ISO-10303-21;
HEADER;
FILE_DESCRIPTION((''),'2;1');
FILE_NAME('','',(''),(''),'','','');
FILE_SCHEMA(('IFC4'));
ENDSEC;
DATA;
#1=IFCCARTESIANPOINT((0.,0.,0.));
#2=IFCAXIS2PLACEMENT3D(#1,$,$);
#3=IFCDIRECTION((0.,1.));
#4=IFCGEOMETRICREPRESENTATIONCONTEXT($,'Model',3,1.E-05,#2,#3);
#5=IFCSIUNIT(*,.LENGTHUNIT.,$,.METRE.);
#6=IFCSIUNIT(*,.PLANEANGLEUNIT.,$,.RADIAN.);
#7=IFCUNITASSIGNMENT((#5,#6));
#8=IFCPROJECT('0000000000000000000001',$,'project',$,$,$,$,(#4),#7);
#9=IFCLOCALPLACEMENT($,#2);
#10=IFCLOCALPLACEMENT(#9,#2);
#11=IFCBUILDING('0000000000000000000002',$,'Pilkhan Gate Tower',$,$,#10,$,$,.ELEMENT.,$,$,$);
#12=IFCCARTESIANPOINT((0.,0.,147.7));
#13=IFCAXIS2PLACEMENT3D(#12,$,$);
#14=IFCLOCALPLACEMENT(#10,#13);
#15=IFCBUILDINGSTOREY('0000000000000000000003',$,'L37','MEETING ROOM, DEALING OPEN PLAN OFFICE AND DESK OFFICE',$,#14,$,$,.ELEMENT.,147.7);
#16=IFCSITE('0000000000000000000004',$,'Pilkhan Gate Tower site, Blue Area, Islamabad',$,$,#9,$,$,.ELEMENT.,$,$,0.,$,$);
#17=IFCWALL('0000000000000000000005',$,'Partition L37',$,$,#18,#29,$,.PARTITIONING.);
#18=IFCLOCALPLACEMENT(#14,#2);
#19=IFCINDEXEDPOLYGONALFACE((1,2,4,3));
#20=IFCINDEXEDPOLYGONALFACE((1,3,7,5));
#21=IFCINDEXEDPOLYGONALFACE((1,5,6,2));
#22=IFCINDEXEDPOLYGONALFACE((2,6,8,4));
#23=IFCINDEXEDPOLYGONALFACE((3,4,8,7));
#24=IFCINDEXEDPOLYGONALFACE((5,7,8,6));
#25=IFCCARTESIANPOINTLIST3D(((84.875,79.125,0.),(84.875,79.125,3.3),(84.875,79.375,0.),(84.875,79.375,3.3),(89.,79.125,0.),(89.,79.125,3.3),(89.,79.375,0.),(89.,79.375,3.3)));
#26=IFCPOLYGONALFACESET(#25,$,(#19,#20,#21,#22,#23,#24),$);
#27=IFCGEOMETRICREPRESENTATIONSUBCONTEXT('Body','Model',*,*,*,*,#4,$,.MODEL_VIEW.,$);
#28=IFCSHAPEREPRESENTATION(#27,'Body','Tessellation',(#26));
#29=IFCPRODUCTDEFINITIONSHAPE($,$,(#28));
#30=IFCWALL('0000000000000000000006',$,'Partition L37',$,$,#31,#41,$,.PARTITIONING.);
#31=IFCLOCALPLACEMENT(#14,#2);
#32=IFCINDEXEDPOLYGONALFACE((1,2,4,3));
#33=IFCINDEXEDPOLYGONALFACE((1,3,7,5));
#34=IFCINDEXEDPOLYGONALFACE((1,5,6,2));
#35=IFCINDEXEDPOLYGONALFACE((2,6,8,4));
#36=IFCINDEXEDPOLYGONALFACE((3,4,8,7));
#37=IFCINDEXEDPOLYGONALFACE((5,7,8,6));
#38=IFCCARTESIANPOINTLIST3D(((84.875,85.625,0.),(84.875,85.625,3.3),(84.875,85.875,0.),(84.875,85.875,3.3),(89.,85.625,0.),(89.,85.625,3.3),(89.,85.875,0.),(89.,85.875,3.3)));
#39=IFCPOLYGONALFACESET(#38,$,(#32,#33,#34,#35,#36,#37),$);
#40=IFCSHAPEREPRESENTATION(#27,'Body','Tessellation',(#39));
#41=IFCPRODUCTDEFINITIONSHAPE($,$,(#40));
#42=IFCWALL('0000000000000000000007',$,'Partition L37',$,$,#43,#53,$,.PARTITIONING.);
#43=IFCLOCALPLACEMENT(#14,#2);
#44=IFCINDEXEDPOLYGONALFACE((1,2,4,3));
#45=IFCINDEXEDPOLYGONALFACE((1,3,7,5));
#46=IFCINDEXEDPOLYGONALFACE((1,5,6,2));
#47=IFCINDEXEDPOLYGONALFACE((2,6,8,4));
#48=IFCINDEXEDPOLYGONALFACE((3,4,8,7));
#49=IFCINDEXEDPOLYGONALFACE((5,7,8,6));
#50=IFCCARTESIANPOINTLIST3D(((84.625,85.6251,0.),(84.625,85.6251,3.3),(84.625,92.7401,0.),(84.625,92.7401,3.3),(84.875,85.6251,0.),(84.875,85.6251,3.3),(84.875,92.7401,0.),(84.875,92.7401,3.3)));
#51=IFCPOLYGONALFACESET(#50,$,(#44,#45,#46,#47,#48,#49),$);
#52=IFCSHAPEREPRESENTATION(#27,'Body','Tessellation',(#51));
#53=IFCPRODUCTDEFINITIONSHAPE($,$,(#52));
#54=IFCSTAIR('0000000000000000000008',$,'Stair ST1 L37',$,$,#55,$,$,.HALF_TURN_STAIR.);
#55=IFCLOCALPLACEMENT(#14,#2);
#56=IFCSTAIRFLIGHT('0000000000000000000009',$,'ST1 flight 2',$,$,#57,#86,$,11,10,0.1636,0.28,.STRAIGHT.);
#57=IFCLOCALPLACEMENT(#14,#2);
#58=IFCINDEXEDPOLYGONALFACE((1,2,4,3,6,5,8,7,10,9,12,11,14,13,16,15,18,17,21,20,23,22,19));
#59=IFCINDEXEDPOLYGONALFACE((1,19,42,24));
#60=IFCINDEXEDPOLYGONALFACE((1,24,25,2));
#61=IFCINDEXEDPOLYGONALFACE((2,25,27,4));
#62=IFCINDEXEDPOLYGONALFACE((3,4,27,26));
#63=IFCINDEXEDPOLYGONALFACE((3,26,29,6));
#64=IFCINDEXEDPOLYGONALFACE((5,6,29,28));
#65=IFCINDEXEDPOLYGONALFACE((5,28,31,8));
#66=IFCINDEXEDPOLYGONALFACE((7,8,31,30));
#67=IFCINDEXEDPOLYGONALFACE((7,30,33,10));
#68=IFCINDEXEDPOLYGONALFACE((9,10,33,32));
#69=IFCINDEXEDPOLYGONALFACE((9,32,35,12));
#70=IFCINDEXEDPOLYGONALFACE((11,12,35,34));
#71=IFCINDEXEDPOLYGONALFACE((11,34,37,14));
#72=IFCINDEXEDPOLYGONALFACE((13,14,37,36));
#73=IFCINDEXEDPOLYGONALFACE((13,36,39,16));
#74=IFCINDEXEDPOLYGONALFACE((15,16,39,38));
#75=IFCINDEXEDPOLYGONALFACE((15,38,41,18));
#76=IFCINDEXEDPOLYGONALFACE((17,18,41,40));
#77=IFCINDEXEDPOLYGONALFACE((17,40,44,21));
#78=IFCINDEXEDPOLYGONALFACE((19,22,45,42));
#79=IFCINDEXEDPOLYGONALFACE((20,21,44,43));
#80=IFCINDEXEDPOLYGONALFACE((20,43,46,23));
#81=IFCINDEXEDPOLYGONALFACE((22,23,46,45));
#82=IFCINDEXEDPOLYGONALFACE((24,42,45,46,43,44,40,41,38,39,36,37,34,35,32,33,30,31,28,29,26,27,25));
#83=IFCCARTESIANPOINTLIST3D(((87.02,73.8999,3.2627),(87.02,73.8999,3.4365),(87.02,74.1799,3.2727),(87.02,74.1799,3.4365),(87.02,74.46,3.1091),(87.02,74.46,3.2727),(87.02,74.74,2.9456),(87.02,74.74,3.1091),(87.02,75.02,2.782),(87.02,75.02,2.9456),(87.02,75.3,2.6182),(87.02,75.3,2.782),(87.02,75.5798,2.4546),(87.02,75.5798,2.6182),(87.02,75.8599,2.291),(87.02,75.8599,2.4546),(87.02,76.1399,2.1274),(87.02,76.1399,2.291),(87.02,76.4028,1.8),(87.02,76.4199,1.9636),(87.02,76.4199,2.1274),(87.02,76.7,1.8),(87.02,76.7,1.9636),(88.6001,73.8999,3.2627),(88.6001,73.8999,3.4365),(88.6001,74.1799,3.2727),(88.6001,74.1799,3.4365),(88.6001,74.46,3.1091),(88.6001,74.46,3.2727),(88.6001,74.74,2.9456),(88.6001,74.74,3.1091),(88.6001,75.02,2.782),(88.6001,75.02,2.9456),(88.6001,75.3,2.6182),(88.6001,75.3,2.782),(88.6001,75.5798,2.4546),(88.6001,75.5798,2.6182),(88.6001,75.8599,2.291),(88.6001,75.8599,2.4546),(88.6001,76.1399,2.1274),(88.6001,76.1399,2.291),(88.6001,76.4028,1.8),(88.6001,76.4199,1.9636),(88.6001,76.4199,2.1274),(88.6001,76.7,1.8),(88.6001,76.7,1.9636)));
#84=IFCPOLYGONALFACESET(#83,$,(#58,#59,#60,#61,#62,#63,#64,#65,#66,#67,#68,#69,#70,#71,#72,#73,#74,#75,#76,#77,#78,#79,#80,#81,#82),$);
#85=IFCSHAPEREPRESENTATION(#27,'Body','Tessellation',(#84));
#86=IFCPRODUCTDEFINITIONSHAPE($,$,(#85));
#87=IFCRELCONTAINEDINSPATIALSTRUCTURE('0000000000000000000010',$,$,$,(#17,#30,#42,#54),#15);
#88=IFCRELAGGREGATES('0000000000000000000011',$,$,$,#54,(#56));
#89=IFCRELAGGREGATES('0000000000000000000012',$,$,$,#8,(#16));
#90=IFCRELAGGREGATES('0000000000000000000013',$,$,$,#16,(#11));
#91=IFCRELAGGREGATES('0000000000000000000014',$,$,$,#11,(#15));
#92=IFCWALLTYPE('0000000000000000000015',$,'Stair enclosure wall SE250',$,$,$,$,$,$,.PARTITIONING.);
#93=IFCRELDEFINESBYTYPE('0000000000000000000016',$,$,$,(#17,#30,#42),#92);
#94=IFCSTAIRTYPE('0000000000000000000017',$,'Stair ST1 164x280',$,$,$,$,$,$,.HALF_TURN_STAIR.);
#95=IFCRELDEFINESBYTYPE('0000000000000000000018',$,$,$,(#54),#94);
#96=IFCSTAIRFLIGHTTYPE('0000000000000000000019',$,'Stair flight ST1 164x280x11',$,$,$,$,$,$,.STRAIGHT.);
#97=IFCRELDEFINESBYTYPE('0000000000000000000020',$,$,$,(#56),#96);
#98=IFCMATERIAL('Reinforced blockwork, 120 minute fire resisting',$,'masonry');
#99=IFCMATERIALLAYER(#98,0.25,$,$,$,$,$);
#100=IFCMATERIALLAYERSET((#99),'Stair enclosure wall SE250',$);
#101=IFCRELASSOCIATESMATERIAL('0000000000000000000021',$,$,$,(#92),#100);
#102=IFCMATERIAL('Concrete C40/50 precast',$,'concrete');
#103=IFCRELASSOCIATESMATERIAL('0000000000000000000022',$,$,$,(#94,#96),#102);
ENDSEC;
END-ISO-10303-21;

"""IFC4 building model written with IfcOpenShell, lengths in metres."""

from ifc_helpers import new_model, si_unit, direction, frame, frame_2d, origin, place, context, subcontext, project, spatial, polyline, rectangle, outline, extrude, material, layer, layer_set, type_object, element, aggregate, save


model = new_model("IFC4")

# Units and contexts
model_context = context("Model", 3, precision=1e-05, world=origin(), true_north=direction((0.0, 1.0)))
body_context = subcontext(model_context, "Body", "Model", "MODEL_VIEW")
ifc_project = project(units=[si_unit("LENGTHUNIT", "METRE"), si_unit("PLANEANGLEUNIT", "RADIAN")], contexts=[model_context])

# Site, building, storey
site_placement = place(None, origin())
site = spatial("IfcSite", under=ifc_project, at=site_placement, Name="Pilkhan Gate Tower site, Blue Area, Islamabad", CompositionType="ELEMENT", RefElevation=0.0)
building_placement = place(site_placement, origin())
building = spatial("IfcBuilding", under=site, at=building_placement, Name="Pilkhan Gate Tower", CompositionType="ELEMENT")
storey_placement = place(building_placement, frame((0.0, 0.0, 147.7)))
storey = spatial("IfcBuildingStorey", under=building, at=storey_placement, Name="L37", Description="MEETING ROOM, DEALING OPEN PLAN OFFICE AND DESK OFFICE", CompositionType="ELEMENT", Elevation=147.7)

# Walls
ifc_material_1 = material(Name="Reinforced blockwork, 120 minute fire resisting", Category="masonry")
ifc_layer_1 = layer(ifc_material_1, 0.25)
ifc_layer_set_1 = layer_set([ifc_layer_1], Name="Stair enclosure wall SE250")
wall_type_1 = type_object("IfcWallType", Name="Stair enclosure wall SE250", PredefinedType="PARTITIONING", material=ifc_layer_set_1)
for number, where, z_axis, x_axis, name in (
    (1, (84.875, 79.25, 0.0), (0.0, 0.0, 1.0), (1.0, 0.0, 0.0), "Partition L37"),
    (2, (84.875, 85.75, 0.0), (0.0, 0.0, 1.0), (1.0, 0.0, 0.0), "Partition L37"),
):
    element("IfcWall", number, at=place(storey_placement, frame(where, z_axis=z_axis, x_axis=x_axis)), inside=storey, type_object=wall_type_1, Name=name, PredefinedType="PARTITIONING", context=body_context, shape_type="SweptSolid", body=[
        extrude(rectangle(XDim=4.125, YDim=0.25, at=frame_2d((2.0625, 0.0))), origin(), (0.0, 0.0, 1.0), 3.3),
    ])
wall_1_placement = place(storey_placement, frame((84.75, 85.625, 0.0), z_axis=(0.0, 0.0, 1.0), x_axis=(0.0, 1.0, 0.0)))
element("IfcWall", 3, at=wall_1_placement, inside=storey, type_object=wall_type_1, Name="Partition L37", PredefinedType="PARTITIONING", context=body_context, shape_type="SweptSolid", body=[
    extrude(rectangle(XDim=7.115, YDim=0.25, at=frame_2d((3.5576, 0.0))), origin(), (0.0, 0.0, 1.0), 3.3),
])

# Stair, stair flight
ifc_material_2 = material(Name="Concrete C40/50 precast", Category="concrete")
stair_type = type_object("IfcStairType", Name="Stair ST1 164x280", PredefinedType="HALF_TURN_STAIR", material=ifc_material_2)
stair_placement = place(storey_placement, origin())
stair = element("IfcStair", 4, at=stair_placement, inside=storey, type_object=stair_type, Name="Stair ST1 L37", PredefinedType="HALF_TURN_STAIR")
stair_flight_type = type_object("IfcStairFlightType", Name="Stair flight ST1 164x280x11", PredefinedType="STRAIGHT", material=ifc_material_2)
stair_flight_placement = place(storey_placement, frame((87.8101, 76.7, 1.8), z_axis=(0.0, 0.0, 1.0), x_axis=(0.0, -1.0, 0.0)))
stair_flight = element("IfcStairFlight", 5, at=stair_flight_placement, type_object=stair_flight_type, Name="ST1 flight 2", NumberOfRisers=11, NumberOfTreads=10, PredefinedType="STRAIGHT", RiserHeight=0.1636, TreadLength=0.28, context=body_context, shape_type="SweptSolid", body=[
    extrude(outline(polyline([(0.0, 0.0), (0.0, 0.1636), (0.28, 0.1636), (0.28, 0.3274), (0.5601, 0.3274), (0.5601, 0.491), (0.8401, 0.491), (0.8401, 0.6545), (1.1201, 0.6545), (1.1201, 0.8181), (1.3999, 0.8181), (1.3999, 0.9819), (1.6799, 0.9819), (1.6799, 1.1455), (1.96, 1.1455), (1.96, 1.3091), (2.24, 1.3091), (2.24, 1.4727), (2.52, 1.4727), (2.52, 1.6365), (2.8, 1.6365), (2.8, 1.8), (2.8, 1.4626), (0.2971, 0.0), (0.0, 0.0)])), frame((0.0, 0.79, 0.0), z_axis=(0.0, -1.0, 0.0), x_axis=(1.0, 0.0, 0.0)), (0.0, 0.0, 1.0), 1.5801),
])
aggregate(stair, [stair_flight])

save(model, "model.ifc")
